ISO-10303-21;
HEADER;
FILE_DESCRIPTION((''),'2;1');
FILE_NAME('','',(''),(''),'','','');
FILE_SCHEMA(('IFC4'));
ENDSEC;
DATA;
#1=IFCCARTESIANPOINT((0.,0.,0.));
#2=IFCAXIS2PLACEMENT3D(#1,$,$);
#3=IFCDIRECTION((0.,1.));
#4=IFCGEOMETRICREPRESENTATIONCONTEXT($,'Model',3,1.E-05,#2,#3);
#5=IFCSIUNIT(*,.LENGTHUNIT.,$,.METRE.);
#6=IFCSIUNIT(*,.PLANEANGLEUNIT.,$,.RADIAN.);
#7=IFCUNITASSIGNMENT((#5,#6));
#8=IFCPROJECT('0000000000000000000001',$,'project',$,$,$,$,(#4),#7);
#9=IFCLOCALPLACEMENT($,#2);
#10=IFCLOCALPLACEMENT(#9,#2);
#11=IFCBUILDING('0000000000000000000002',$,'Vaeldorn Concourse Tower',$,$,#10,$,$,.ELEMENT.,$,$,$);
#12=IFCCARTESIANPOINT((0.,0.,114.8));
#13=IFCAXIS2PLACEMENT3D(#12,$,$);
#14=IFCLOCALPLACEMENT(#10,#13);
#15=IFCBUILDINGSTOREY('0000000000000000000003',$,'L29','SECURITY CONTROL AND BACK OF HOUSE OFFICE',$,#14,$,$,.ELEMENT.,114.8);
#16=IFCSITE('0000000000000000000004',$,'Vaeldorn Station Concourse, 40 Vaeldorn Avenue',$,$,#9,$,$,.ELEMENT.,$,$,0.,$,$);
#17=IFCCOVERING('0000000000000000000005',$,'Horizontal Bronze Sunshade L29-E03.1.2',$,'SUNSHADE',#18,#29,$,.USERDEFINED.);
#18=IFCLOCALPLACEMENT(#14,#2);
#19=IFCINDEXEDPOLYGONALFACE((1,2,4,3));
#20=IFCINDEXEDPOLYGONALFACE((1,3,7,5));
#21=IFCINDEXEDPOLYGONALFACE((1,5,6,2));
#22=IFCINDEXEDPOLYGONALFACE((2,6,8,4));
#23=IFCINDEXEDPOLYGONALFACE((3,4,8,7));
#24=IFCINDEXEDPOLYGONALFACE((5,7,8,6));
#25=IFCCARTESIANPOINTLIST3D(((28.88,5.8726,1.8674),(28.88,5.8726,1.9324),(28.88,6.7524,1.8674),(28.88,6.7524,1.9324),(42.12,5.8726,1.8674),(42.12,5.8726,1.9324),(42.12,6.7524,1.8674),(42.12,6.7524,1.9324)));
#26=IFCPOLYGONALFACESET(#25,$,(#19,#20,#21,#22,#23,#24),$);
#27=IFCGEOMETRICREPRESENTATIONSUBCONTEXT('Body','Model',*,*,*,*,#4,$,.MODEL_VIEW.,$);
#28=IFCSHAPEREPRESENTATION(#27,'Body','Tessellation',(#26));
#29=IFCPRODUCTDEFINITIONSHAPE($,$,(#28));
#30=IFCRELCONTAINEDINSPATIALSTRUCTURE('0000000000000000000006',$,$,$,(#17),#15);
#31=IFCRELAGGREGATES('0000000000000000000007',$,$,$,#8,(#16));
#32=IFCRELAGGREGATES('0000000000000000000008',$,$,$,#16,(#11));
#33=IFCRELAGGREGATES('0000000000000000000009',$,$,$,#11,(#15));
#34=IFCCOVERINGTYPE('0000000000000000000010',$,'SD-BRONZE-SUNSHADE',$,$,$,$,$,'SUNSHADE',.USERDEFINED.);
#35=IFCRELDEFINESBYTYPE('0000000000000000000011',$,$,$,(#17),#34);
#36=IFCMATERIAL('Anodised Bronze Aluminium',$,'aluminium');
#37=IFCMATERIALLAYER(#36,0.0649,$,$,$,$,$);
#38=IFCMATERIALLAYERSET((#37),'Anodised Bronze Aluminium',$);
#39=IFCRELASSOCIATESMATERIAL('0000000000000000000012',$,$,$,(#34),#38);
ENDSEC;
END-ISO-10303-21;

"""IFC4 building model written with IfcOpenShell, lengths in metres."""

from ifc_helpers import new_model, si_unit, direction, frame, origin, origin_2d, place, context, subcontext, project, spatial, rectangle, extrude, source, transform, mapped, material, layer, layer_set, type_object, element, save


model = new_model("IFC4")

# Units and contexts
model_context = context("Model", 3, precision=1e-05, world=origin(), true_north=direction((0.0, 1.0)))
body_context = subcontext(model_context, "Body", "Model", "MODEL_VIEW")
ifc_project = project(units=[si_unit("LENGTHUNIT", "METRE"), si_unit("PLANEANGLEUNIT", "RADIAN")], contexts=[model_context])

# Site, building, storey
site_placement = place(None, origin())
site = spatial("IfcSite", under=ifc_project, at=site_placement, Name="Vaeldorn Station Concourse, 40 Vaeldorn Avenue", CompositionType="ELEMENT", RefElevation=0.0)
building_placement = place(site_placement, origin())
building = spatial("IfcBuilding", under=site, at=building_placement, Name="Vaeldorn Concourse Tower", CompositionType="ELEMENT")
storey_placement = place(building_placement, frame((0.0, 0.0, 114.8)))
storey = spatial("IfcBuildingStorey", under=building, at=storey_placement, Name="L29", Description="SECURITY CONTROL AND BACK OF HOUSE OFFICE", CompositionType="ELEMENT", Elevation=114.8)

# Shared definitions
ifc_material_1 = material(Name="Anodised Bronze Aluminium", Category="aluminium")

# Covering
ifc_layer_1 = layer(ifc_material_1, 0.0649)
ifc_layer_set_1 = layer_set([ifc_layer_1], Name="Anodised Bronze Aluminium")
covering_type = type_object("IfcCoveringType", Name="SD-BRONZE-SUNSHADE", ElementType="SUNSHADE", PredefinedType="USERDEFINED", material=ifc_layer_set_1)
shared_shape_1 = source(origin(), body_context, "Body", "SweptSolid", [
    extrude(rectangle(XDim=13.24, YDim=0.8799, at=origin_2d()), origin(), (0.0, 0.0, 1.0), 0.0649),
])
for number, where, z_axis, x_axis, name in (
    (1, (35.5, 6.3125, 1.8674), (0.0, 0.0, 1.0), (1.0, 0.0, 0.0), "Horizontal Bronze Sunshade L29-E03.1.2"),
):
    element("IfcCovering", number, at=place(storey_placement, frame(where, z_axis=z_axis, x_axis=x_axis)), inside=storey, type_object=covering_type, Name=name, ObjectType="SUNSHADE", PredefinedType="USERDEFINED", context=body_context, shape_type="MappedRepresentation", body=[
        mapped(shared_shape_1, transform((0.0, 0.0, 0.0), scale=1.0)),
    ])

save(model, "model.ifc")
